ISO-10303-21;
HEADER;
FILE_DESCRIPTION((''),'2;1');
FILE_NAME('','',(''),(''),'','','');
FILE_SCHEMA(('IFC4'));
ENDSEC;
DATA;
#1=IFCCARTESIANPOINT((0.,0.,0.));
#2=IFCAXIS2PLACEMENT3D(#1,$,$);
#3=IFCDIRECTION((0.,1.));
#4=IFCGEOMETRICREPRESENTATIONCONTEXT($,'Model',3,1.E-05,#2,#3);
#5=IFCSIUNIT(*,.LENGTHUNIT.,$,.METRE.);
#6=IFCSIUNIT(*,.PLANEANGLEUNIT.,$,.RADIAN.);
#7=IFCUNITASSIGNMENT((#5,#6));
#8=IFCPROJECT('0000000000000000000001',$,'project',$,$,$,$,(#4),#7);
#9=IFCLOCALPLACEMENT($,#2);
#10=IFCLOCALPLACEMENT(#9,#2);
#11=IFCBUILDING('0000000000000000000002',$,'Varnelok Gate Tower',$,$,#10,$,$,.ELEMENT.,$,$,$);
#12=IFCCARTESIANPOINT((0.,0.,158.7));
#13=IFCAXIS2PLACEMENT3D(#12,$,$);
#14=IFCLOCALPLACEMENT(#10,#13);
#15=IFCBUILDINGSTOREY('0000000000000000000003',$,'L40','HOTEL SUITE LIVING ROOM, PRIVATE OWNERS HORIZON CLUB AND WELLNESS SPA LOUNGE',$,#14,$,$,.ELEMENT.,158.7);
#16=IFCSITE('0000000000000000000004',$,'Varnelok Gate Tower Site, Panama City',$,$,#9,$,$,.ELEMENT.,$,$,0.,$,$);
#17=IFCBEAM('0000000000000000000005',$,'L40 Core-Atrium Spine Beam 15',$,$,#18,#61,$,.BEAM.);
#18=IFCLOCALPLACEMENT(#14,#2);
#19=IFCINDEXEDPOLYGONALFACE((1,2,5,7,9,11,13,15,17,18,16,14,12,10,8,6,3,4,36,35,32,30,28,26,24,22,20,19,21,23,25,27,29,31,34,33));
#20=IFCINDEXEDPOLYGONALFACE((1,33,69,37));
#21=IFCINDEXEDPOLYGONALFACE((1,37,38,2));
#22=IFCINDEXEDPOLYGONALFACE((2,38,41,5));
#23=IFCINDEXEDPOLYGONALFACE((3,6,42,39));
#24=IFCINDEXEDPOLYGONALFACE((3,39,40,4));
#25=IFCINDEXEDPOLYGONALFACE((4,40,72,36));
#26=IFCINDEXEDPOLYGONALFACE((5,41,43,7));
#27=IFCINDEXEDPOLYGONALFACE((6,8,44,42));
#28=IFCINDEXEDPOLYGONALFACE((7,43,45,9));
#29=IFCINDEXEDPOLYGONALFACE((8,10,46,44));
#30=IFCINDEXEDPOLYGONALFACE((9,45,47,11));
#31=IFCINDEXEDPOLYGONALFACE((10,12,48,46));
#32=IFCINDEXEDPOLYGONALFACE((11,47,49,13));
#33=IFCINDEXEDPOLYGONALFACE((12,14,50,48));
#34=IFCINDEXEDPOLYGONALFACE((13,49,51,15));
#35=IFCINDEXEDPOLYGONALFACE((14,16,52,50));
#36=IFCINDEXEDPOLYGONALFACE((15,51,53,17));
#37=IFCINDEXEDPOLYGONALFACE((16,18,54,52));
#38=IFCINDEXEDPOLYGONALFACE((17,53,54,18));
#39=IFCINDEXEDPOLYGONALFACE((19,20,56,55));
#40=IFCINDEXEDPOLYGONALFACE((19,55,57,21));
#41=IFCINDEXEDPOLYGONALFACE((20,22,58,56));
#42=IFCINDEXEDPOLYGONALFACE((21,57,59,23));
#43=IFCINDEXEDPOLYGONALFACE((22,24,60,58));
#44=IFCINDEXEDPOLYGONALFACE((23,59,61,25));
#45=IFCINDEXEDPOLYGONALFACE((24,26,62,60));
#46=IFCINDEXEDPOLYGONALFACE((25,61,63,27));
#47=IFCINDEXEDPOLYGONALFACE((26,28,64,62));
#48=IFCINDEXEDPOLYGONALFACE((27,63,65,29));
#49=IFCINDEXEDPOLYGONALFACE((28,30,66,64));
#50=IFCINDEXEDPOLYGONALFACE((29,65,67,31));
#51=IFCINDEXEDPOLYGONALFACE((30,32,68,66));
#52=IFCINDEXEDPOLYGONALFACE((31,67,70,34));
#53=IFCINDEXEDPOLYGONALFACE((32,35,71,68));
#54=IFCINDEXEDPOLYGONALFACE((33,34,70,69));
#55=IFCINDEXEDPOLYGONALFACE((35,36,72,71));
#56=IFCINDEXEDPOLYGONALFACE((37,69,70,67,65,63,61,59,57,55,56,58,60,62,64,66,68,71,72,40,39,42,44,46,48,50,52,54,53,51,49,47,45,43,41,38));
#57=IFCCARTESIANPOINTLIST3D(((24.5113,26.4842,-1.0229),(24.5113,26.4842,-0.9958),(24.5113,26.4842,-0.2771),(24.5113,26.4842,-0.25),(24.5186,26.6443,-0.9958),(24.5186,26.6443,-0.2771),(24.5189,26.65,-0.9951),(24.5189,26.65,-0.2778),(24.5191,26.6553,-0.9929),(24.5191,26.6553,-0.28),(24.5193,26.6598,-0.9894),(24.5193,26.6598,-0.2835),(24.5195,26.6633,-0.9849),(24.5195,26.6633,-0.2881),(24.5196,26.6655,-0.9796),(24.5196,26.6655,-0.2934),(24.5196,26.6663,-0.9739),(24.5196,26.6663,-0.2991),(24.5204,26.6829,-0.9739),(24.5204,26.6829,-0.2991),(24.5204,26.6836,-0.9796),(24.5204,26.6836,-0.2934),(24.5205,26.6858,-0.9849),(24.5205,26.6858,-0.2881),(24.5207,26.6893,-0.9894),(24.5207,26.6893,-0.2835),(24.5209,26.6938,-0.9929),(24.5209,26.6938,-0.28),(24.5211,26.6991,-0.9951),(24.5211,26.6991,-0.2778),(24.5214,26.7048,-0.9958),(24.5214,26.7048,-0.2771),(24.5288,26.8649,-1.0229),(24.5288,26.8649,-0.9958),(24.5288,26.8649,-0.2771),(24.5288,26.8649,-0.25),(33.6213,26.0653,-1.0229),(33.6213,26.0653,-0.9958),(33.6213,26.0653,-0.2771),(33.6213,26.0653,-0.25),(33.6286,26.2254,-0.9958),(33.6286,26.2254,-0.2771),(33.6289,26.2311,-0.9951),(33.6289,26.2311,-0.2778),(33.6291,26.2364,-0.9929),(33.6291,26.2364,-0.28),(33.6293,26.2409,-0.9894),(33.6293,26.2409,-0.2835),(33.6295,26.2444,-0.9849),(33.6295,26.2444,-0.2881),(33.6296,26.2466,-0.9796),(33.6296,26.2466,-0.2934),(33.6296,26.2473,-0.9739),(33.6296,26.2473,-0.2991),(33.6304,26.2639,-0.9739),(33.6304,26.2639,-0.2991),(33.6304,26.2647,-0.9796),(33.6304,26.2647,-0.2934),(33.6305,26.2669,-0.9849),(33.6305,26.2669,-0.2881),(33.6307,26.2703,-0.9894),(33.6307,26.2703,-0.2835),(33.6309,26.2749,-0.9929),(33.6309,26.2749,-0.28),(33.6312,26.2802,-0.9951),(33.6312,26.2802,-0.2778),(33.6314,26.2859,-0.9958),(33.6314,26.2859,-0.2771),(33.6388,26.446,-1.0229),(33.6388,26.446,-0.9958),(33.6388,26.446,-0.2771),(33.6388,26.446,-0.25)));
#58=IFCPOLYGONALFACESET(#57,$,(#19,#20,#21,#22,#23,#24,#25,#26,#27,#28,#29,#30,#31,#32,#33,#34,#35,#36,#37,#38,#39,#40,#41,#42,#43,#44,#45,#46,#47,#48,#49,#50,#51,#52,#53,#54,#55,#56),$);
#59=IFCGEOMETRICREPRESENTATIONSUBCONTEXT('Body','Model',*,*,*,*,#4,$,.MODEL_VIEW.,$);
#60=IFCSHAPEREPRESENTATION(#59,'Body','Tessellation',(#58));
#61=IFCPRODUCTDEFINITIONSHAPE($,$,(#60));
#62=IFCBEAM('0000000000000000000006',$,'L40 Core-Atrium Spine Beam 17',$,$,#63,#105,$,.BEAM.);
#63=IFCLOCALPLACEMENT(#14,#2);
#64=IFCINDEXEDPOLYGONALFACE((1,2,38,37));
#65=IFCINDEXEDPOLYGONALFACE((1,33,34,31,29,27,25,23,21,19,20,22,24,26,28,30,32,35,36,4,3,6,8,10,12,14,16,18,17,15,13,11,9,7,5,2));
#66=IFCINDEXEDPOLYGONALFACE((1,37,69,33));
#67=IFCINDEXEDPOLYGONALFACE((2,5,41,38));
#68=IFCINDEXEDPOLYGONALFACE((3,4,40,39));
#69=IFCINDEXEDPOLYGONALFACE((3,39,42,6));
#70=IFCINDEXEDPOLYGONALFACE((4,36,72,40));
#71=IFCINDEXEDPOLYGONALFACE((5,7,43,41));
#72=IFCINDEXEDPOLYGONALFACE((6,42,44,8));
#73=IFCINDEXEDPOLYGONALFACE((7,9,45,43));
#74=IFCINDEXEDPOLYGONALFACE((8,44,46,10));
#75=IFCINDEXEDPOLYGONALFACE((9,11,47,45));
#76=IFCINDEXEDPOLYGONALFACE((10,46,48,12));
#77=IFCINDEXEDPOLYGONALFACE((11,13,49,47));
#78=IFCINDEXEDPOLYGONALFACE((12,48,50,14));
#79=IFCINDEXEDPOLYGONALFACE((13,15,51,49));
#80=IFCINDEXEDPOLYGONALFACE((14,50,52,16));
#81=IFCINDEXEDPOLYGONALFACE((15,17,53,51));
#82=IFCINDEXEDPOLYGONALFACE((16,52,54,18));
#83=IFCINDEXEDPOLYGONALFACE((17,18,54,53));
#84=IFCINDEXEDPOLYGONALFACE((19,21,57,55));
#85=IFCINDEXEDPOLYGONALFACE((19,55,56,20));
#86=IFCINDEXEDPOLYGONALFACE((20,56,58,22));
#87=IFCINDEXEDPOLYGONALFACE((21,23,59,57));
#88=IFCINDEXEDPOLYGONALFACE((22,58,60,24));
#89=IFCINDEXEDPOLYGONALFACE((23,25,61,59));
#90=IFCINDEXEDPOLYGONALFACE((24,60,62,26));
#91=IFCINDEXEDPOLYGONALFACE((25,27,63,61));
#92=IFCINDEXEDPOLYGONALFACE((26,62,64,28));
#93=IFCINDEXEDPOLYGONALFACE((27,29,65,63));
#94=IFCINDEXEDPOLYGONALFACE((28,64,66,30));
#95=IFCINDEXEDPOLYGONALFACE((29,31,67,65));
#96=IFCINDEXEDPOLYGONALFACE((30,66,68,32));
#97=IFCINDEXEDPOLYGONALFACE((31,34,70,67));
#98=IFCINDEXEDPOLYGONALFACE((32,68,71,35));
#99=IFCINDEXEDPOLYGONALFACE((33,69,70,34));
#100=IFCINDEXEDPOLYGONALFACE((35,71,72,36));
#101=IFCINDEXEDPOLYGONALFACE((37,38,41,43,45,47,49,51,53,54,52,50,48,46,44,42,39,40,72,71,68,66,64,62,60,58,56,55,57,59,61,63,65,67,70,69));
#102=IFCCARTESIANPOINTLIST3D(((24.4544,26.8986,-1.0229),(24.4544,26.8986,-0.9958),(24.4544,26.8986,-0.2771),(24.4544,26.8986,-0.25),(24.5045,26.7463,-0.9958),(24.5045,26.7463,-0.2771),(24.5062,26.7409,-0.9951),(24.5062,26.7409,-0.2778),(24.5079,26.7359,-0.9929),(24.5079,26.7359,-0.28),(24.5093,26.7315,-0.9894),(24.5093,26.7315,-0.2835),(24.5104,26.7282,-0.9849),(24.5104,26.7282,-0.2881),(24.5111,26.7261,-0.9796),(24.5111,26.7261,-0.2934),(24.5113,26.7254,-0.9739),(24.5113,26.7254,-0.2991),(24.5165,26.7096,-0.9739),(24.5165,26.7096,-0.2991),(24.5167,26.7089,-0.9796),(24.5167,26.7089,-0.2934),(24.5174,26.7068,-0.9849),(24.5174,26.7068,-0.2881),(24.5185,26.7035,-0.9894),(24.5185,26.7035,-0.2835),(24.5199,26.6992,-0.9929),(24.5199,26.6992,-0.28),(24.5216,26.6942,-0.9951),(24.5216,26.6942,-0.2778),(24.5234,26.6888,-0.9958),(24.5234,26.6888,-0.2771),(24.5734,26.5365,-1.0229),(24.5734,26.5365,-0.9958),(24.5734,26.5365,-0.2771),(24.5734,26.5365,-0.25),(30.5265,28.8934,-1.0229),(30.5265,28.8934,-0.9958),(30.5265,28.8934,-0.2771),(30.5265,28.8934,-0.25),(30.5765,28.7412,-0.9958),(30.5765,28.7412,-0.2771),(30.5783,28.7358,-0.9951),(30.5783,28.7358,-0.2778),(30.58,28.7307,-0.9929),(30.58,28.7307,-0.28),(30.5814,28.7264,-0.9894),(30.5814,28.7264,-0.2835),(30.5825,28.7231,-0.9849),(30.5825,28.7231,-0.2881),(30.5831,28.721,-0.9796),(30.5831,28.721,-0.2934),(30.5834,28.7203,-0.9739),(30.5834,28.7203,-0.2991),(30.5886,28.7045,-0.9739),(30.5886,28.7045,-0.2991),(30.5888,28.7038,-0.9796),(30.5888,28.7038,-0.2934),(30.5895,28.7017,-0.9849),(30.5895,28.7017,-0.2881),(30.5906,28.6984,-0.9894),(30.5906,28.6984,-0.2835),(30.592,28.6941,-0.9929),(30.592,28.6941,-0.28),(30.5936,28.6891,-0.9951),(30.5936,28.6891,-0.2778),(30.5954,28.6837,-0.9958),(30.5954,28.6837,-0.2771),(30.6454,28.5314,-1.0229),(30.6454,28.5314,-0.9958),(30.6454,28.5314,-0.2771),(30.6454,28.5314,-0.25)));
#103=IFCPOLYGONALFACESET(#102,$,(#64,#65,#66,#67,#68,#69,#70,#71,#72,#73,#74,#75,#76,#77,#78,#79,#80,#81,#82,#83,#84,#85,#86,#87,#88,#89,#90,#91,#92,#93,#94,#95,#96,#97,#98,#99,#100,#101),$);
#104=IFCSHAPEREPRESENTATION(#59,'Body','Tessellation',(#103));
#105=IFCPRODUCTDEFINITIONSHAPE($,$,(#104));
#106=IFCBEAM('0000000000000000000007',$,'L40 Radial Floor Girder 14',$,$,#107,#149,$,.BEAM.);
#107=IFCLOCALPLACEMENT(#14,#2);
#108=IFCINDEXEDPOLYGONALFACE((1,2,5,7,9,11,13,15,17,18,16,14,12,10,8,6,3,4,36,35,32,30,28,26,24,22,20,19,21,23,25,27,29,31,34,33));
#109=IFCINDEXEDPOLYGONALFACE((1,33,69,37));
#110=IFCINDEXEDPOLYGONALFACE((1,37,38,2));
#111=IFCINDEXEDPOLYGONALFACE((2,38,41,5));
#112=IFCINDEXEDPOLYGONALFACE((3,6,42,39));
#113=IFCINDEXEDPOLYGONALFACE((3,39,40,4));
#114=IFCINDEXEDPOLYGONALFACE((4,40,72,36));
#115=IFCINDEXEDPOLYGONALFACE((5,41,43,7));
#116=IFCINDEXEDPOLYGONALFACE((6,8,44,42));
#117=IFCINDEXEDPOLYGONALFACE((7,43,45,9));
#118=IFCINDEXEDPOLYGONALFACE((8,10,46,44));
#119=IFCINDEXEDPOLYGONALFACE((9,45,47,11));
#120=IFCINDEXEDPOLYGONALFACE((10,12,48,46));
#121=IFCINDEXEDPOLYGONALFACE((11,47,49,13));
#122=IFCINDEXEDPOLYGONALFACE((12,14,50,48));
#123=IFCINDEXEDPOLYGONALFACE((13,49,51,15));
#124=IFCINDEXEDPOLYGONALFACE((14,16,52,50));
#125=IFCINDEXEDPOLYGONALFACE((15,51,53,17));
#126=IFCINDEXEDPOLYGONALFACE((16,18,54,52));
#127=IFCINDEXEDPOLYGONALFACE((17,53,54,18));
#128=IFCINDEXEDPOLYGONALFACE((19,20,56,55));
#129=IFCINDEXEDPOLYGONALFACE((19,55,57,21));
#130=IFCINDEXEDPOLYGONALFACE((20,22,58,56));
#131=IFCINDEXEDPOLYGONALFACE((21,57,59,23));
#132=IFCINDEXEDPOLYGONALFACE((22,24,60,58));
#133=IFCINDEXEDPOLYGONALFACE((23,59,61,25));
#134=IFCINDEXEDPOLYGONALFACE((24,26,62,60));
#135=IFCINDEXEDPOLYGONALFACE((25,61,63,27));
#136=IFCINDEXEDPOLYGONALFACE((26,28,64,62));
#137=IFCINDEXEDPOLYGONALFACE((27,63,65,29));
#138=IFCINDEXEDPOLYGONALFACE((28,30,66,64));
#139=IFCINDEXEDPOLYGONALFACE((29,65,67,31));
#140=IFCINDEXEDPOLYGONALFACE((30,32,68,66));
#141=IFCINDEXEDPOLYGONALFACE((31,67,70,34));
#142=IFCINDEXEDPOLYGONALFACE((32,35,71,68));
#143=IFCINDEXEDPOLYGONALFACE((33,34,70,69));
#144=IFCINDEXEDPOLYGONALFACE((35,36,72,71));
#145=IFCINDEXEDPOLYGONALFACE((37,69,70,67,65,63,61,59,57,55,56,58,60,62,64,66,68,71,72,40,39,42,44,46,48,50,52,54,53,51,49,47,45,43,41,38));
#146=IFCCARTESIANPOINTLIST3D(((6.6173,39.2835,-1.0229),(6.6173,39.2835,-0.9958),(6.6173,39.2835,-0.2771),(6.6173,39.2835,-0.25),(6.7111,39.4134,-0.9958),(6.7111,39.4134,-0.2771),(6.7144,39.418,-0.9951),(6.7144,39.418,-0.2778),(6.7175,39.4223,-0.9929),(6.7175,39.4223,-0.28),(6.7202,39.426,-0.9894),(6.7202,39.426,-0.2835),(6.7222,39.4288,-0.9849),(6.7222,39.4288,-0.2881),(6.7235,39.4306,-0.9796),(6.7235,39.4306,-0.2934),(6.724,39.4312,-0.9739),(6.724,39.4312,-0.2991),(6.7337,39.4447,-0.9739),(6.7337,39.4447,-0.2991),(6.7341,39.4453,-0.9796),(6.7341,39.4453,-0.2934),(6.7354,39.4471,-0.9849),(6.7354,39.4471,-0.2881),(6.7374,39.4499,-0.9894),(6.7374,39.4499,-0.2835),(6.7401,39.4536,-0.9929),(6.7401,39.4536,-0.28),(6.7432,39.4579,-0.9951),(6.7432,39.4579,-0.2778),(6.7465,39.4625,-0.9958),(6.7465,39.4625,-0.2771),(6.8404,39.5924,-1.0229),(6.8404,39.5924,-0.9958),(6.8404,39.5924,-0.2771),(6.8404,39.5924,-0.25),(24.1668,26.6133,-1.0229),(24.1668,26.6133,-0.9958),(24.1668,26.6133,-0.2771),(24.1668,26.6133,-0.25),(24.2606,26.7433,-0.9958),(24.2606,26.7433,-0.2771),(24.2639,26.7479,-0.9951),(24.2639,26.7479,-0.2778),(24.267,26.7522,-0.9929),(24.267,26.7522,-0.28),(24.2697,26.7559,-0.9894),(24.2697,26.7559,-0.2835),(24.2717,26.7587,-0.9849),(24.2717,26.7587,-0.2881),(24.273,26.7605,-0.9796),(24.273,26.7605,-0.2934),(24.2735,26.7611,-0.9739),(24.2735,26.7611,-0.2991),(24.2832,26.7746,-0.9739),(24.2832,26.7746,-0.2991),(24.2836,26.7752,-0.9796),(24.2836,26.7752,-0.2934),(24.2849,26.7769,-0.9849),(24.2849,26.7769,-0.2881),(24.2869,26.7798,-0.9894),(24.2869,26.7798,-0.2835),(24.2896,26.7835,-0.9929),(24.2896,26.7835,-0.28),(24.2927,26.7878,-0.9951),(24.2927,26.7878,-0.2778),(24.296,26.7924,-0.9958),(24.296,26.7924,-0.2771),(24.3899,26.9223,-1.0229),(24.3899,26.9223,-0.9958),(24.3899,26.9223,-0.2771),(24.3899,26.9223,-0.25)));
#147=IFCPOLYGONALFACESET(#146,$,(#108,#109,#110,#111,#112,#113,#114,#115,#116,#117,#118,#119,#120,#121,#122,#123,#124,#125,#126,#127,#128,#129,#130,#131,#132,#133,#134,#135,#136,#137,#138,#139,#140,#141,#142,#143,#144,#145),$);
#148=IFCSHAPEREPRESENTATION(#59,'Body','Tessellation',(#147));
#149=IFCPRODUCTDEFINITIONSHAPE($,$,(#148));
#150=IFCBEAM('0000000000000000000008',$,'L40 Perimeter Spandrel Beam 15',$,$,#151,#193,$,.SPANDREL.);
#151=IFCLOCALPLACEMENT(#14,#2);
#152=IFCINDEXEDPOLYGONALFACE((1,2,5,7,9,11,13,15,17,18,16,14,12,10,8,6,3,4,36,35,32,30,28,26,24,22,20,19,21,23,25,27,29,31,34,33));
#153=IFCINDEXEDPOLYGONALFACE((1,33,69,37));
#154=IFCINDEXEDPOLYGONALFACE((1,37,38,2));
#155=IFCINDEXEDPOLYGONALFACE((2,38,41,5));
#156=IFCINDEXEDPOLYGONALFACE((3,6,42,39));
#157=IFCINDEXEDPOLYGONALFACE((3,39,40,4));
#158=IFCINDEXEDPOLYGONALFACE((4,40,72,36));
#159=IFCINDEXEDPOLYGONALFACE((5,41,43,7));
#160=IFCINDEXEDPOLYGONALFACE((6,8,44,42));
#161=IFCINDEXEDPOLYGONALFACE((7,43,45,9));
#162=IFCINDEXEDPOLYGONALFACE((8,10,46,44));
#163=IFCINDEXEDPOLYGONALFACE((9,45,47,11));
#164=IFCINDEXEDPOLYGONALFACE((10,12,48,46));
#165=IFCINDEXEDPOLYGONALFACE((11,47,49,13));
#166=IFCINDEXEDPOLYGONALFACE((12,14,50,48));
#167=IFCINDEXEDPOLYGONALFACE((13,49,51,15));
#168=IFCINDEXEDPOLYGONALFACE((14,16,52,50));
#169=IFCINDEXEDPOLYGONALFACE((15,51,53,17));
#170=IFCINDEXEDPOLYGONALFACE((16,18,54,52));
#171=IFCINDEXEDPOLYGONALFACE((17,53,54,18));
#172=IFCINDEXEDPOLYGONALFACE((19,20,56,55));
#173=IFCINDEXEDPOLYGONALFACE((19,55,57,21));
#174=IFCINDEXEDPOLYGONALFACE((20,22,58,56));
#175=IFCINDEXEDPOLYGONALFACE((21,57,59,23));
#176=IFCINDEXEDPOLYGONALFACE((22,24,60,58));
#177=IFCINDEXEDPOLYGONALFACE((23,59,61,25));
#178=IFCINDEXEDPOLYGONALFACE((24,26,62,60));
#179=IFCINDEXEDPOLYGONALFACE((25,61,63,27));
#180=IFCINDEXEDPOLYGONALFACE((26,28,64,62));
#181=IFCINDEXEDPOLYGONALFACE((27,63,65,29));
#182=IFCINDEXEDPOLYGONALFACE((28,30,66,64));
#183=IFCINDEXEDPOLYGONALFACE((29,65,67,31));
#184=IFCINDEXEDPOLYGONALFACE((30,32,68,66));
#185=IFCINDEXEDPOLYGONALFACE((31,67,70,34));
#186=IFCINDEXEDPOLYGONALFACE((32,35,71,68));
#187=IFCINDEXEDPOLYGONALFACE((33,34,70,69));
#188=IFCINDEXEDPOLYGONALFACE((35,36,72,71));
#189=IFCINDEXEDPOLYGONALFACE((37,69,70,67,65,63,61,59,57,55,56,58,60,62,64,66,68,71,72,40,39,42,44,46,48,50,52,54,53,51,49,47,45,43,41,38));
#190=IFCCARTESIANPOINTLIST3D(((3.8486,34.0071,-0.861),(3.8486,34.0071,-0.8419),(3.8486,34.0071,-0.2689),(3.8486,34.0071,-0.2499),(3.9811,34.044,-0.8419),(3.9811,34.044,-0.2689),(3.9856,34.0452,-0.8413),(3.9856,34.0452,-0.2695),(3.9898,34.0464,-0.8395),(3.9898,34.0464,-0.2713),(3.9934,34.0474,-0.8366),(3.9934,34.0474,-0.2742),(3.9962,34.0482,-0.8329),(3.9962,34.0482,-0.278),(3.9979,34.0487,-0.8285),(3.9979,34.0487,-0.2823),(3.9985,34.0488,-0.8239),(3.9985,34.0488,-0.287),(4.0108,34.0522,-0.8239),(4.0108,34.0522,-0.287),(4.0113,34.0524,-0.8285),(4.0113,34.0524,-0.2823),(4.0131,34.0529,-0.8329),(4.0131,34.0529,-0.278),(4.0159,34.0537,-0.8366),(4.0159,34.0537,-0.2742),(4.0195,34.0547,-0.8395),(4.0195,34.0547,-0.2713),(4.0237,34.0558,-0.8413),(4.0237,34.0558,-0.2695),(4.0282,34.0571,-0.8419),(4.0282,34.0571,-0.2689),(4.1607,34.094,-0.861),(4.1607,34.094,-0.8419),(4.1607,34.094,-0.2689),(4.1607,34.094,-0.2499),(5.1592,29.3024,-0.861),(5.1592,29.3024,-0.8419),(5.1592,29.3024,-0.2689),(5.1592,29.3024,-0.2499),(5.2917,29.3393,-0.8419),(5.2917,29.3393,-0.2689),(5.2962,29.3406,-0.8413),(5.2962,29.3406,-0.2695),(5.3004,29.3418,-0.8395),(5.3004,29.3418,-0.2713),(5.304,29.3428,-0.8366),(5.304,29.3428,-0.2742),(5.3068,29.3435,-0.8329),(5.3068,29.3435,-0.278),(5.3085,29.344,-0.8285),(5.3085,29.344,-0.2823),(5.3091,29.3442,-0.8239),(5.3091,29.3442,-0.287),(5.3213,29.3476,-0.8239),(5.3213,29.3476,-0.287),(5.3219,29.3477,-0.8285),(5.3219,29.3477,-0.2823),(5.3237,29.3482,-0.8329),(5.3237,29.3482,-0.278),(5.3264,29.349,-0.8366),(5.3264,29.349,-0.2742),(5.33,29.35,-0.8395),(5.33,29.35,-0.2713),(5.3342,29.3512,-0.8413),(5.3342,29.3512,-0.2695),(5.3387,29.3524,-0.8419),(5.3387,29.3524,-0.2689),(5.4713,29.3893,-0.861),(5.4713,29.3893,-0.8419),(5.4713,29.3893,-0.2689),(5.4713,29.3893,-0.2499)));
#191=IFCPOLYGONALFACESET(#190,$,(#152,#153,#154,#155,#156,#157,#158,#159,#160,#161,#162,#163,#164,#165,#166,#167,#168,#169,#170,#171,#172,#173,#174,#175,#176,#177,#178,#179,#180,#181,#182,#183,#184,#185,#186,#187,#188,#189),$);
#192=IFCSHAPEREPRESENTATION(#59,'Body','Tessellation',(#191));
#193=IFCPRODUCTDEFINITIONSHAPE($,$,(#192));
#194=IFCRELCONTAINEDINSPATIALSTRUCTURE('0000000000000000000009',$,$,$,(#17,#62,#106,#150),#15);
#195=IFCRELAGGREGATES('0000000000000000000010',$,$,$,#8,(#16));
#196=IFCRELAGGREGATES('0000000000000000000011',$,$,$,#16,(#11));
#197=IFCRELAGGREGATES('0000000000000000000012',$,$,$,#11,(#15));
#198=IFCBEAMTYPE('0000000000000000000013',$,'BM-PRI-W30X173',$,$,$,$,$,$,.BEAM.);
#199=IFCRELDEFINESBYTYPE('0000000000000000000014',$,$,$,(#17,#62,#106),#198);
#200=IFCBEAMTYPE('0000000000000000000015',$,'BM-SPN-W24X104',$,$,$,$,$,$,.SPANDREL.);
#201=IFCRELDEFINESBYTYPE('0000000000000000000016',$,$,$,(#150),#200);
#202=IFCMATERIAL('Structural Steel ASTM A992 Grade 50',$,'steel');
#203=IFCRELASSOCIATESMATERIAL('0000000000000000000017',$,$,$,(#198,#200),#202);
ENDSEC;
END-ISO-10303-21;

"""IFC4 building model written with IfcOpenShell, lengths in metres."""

from ifc_helpers import new_model, si_unit, direction, frame, origin, origin_2d, place, context, subcontext, project, spatial, i_section, extrude, material, material_profile, profile_set, type_object, element, save


model = new_model("IFC4")

# Units and contexts
model_context = context("Model", 3, precision=1e-05, world=origin(), true_north=direction((0.0, 1.0)))
body_context = subcontext(model_context, "Body", "Model", "MODEL_VIEW")
ifc_project = project(units=[si_unit("LENGTHUNIT", "METRE"), si_unit("PLANEANGLEUNIT", "RADIAN")], contexts=[model_context])

# Site, building, storey
site_placement = place(None, origin())
site = spatial("IfcSite", under=ifc_project, at=site_placement, Name="Varnelok Gate Tower Site, Panama City", CompositionType="ELEMENT", RefElevation=0.0)
building_placement = place(site_placement, origin())
building = spatial("IfcBuilding", under=site, at=building_placement, Name="Varnelok Gate Tower", CompositionType="ELEMENT")
storey_placement = place(building_placement, frame((0.0, 0.0, 158.7)))
storey = spatial("IfcBuildingStorey", under=building, at=storey_placement, Name="L40", Description="HOTEL SUITE LIVING ROOM, PRIVATE OWNERS HORIZON CLUB AND WELLNESS SPA LOUNGE", CompositionType="ELEMENT", Elevation=158.7)

# Shared definitions
ifc_material_1 = material(Name="Structural Steel ASTM A992 Grade 50", Category="steel")

# Beams
ifc_material_profile_1 = material_profile(ifc_material_1, i_section(OverallWidth=0.3811, OverallDepth=0.7729, WebThickness=0.0166, FlangeThickness=0.0271, FilletRadius=0.022, at=origin_2d()), Name="W30X173")
ifc_profile_set_1 = profile_set([ifc_material_profile_1], Name="Structural Steel ASTM A992 Grade 50")
beam_type_1 = type_object("IfcBeamType", Name="BM-PRI-W30X173", PredefinedType="BEAM", material=ifc_profile_set_1)
beam_1_placement = place(storey_placement, frame((24.52, 26.6746, -0.6365), z_axis=(0.998944, -0.045938, 0.0), x_axis=(0.045938, 0.998944, 0.0)))
element("IfcBeam", 1, at=beam_1_placement, inside=storey, type_object=beam_type_1, Name="L40 Core-Atrium Spine Beam 15", PredefinedType="BEAM", context=body_context, shape_type="SweptSolid", body=[
    extrude(i_section(OverallWidth=0.3811, OverallDepth=0.7729, WebThickness=0.0166, FlangeThickness=0.0271, FilletRadius=0.022, at=origin_2d()), origin(), (0.0, 0.0, 1.0), 9.1196),
])
beam_2_placement = place(storey_placement, frame((24.5139, 26.7175, -0.6365), z_axis=(0.950042, 0.312122, 0.0), x_axis=(-0.312122, 0.950042, 0.0)))
element("IfcBeam", 2, at=beam_2_placement, inside=storey, type_object=beam_type_1, Name="L40 Core-Atrium Spine Beam 17", PredefinedType="BEAM", context=body_context, shape_type="SweptSolid", body=[
    extrude(i_section(OverallWidth=0.3811, OverallDepth=0.7729, WebThickness=0.0166, FlangeThickness=0.0271, FilletRadius=0.022, at=origin_2d()), origin(), (0.0, 0.0, 1.0), 6.3914),
])
beam_3_placement = place(storey_placement, frame((24.2783, 26.7678, -0.6365), z_axis=(-0.810778, 0.585353, 0.0), x_axis=(-0.585353, -0.810778, 0.0)))
element("IfcBeam", 3, at=beam_3_placement, inside=storey, type_object=beam_type_1, Name="L40 Radial Floor Girder 14", PredefinedType="BEAM", context=body_context, shape_type="SweptSolid", body=[
    extrude(i_section(OverallWidth=0.3811, OverallDepth=0.7729, WebThickness=0.0166, FlangeThickness=0.0271, FilletRadius=0.022, at=origin_2d()), origin(), (0.0, 0.0, 1.0), 21.6453),
])
ifc_material_profile_2 = material_profile(ifc_material_1, i_section(OverallWidth=0.324, OverallDepth=0.6111, WebThickness=0.0127, FlangeThickness=0.019, FilletRadius=0.0181, at=origin_2d()), Name="W24X104")
ifc_profile_set_2 = profile_set([ifc_material_profile_2], Name="Structural Steel ASTM A992 Grade 50")
beam_type_2 = type_object("IfcBeamType", Name="BM-SPN-W24X104", PredefinedType="SPANDREL", material=ifc_profile_set_2)
beam_4_placement = place(storey_placement, frame((4.0046, 34.0505, -0.5554), z_axis=(0.26835, -0.963321, 0.0), x_axis=(0.963321, 0.26835, 0.0)))
element("IfcBeam", 4, at=beam_4_placement, inside=storey, type_object=beam_type_2, Name="L40 Perimeter Spandrel Beam 15", PredefinedType="SPANDREL", context=body_context, shape_type="SweptSolid", body=[
    extrude(i_section(OverallWidth=0.324, OverallDepth=0.6111, WebThickness=0.0127, FlangeThickness=0.019, FilletRadius=0.0181, at=origin_2d()), origin(), (0.0, 0.0, 1.0), 4.8838),
])

save(model, "model.ifc")
